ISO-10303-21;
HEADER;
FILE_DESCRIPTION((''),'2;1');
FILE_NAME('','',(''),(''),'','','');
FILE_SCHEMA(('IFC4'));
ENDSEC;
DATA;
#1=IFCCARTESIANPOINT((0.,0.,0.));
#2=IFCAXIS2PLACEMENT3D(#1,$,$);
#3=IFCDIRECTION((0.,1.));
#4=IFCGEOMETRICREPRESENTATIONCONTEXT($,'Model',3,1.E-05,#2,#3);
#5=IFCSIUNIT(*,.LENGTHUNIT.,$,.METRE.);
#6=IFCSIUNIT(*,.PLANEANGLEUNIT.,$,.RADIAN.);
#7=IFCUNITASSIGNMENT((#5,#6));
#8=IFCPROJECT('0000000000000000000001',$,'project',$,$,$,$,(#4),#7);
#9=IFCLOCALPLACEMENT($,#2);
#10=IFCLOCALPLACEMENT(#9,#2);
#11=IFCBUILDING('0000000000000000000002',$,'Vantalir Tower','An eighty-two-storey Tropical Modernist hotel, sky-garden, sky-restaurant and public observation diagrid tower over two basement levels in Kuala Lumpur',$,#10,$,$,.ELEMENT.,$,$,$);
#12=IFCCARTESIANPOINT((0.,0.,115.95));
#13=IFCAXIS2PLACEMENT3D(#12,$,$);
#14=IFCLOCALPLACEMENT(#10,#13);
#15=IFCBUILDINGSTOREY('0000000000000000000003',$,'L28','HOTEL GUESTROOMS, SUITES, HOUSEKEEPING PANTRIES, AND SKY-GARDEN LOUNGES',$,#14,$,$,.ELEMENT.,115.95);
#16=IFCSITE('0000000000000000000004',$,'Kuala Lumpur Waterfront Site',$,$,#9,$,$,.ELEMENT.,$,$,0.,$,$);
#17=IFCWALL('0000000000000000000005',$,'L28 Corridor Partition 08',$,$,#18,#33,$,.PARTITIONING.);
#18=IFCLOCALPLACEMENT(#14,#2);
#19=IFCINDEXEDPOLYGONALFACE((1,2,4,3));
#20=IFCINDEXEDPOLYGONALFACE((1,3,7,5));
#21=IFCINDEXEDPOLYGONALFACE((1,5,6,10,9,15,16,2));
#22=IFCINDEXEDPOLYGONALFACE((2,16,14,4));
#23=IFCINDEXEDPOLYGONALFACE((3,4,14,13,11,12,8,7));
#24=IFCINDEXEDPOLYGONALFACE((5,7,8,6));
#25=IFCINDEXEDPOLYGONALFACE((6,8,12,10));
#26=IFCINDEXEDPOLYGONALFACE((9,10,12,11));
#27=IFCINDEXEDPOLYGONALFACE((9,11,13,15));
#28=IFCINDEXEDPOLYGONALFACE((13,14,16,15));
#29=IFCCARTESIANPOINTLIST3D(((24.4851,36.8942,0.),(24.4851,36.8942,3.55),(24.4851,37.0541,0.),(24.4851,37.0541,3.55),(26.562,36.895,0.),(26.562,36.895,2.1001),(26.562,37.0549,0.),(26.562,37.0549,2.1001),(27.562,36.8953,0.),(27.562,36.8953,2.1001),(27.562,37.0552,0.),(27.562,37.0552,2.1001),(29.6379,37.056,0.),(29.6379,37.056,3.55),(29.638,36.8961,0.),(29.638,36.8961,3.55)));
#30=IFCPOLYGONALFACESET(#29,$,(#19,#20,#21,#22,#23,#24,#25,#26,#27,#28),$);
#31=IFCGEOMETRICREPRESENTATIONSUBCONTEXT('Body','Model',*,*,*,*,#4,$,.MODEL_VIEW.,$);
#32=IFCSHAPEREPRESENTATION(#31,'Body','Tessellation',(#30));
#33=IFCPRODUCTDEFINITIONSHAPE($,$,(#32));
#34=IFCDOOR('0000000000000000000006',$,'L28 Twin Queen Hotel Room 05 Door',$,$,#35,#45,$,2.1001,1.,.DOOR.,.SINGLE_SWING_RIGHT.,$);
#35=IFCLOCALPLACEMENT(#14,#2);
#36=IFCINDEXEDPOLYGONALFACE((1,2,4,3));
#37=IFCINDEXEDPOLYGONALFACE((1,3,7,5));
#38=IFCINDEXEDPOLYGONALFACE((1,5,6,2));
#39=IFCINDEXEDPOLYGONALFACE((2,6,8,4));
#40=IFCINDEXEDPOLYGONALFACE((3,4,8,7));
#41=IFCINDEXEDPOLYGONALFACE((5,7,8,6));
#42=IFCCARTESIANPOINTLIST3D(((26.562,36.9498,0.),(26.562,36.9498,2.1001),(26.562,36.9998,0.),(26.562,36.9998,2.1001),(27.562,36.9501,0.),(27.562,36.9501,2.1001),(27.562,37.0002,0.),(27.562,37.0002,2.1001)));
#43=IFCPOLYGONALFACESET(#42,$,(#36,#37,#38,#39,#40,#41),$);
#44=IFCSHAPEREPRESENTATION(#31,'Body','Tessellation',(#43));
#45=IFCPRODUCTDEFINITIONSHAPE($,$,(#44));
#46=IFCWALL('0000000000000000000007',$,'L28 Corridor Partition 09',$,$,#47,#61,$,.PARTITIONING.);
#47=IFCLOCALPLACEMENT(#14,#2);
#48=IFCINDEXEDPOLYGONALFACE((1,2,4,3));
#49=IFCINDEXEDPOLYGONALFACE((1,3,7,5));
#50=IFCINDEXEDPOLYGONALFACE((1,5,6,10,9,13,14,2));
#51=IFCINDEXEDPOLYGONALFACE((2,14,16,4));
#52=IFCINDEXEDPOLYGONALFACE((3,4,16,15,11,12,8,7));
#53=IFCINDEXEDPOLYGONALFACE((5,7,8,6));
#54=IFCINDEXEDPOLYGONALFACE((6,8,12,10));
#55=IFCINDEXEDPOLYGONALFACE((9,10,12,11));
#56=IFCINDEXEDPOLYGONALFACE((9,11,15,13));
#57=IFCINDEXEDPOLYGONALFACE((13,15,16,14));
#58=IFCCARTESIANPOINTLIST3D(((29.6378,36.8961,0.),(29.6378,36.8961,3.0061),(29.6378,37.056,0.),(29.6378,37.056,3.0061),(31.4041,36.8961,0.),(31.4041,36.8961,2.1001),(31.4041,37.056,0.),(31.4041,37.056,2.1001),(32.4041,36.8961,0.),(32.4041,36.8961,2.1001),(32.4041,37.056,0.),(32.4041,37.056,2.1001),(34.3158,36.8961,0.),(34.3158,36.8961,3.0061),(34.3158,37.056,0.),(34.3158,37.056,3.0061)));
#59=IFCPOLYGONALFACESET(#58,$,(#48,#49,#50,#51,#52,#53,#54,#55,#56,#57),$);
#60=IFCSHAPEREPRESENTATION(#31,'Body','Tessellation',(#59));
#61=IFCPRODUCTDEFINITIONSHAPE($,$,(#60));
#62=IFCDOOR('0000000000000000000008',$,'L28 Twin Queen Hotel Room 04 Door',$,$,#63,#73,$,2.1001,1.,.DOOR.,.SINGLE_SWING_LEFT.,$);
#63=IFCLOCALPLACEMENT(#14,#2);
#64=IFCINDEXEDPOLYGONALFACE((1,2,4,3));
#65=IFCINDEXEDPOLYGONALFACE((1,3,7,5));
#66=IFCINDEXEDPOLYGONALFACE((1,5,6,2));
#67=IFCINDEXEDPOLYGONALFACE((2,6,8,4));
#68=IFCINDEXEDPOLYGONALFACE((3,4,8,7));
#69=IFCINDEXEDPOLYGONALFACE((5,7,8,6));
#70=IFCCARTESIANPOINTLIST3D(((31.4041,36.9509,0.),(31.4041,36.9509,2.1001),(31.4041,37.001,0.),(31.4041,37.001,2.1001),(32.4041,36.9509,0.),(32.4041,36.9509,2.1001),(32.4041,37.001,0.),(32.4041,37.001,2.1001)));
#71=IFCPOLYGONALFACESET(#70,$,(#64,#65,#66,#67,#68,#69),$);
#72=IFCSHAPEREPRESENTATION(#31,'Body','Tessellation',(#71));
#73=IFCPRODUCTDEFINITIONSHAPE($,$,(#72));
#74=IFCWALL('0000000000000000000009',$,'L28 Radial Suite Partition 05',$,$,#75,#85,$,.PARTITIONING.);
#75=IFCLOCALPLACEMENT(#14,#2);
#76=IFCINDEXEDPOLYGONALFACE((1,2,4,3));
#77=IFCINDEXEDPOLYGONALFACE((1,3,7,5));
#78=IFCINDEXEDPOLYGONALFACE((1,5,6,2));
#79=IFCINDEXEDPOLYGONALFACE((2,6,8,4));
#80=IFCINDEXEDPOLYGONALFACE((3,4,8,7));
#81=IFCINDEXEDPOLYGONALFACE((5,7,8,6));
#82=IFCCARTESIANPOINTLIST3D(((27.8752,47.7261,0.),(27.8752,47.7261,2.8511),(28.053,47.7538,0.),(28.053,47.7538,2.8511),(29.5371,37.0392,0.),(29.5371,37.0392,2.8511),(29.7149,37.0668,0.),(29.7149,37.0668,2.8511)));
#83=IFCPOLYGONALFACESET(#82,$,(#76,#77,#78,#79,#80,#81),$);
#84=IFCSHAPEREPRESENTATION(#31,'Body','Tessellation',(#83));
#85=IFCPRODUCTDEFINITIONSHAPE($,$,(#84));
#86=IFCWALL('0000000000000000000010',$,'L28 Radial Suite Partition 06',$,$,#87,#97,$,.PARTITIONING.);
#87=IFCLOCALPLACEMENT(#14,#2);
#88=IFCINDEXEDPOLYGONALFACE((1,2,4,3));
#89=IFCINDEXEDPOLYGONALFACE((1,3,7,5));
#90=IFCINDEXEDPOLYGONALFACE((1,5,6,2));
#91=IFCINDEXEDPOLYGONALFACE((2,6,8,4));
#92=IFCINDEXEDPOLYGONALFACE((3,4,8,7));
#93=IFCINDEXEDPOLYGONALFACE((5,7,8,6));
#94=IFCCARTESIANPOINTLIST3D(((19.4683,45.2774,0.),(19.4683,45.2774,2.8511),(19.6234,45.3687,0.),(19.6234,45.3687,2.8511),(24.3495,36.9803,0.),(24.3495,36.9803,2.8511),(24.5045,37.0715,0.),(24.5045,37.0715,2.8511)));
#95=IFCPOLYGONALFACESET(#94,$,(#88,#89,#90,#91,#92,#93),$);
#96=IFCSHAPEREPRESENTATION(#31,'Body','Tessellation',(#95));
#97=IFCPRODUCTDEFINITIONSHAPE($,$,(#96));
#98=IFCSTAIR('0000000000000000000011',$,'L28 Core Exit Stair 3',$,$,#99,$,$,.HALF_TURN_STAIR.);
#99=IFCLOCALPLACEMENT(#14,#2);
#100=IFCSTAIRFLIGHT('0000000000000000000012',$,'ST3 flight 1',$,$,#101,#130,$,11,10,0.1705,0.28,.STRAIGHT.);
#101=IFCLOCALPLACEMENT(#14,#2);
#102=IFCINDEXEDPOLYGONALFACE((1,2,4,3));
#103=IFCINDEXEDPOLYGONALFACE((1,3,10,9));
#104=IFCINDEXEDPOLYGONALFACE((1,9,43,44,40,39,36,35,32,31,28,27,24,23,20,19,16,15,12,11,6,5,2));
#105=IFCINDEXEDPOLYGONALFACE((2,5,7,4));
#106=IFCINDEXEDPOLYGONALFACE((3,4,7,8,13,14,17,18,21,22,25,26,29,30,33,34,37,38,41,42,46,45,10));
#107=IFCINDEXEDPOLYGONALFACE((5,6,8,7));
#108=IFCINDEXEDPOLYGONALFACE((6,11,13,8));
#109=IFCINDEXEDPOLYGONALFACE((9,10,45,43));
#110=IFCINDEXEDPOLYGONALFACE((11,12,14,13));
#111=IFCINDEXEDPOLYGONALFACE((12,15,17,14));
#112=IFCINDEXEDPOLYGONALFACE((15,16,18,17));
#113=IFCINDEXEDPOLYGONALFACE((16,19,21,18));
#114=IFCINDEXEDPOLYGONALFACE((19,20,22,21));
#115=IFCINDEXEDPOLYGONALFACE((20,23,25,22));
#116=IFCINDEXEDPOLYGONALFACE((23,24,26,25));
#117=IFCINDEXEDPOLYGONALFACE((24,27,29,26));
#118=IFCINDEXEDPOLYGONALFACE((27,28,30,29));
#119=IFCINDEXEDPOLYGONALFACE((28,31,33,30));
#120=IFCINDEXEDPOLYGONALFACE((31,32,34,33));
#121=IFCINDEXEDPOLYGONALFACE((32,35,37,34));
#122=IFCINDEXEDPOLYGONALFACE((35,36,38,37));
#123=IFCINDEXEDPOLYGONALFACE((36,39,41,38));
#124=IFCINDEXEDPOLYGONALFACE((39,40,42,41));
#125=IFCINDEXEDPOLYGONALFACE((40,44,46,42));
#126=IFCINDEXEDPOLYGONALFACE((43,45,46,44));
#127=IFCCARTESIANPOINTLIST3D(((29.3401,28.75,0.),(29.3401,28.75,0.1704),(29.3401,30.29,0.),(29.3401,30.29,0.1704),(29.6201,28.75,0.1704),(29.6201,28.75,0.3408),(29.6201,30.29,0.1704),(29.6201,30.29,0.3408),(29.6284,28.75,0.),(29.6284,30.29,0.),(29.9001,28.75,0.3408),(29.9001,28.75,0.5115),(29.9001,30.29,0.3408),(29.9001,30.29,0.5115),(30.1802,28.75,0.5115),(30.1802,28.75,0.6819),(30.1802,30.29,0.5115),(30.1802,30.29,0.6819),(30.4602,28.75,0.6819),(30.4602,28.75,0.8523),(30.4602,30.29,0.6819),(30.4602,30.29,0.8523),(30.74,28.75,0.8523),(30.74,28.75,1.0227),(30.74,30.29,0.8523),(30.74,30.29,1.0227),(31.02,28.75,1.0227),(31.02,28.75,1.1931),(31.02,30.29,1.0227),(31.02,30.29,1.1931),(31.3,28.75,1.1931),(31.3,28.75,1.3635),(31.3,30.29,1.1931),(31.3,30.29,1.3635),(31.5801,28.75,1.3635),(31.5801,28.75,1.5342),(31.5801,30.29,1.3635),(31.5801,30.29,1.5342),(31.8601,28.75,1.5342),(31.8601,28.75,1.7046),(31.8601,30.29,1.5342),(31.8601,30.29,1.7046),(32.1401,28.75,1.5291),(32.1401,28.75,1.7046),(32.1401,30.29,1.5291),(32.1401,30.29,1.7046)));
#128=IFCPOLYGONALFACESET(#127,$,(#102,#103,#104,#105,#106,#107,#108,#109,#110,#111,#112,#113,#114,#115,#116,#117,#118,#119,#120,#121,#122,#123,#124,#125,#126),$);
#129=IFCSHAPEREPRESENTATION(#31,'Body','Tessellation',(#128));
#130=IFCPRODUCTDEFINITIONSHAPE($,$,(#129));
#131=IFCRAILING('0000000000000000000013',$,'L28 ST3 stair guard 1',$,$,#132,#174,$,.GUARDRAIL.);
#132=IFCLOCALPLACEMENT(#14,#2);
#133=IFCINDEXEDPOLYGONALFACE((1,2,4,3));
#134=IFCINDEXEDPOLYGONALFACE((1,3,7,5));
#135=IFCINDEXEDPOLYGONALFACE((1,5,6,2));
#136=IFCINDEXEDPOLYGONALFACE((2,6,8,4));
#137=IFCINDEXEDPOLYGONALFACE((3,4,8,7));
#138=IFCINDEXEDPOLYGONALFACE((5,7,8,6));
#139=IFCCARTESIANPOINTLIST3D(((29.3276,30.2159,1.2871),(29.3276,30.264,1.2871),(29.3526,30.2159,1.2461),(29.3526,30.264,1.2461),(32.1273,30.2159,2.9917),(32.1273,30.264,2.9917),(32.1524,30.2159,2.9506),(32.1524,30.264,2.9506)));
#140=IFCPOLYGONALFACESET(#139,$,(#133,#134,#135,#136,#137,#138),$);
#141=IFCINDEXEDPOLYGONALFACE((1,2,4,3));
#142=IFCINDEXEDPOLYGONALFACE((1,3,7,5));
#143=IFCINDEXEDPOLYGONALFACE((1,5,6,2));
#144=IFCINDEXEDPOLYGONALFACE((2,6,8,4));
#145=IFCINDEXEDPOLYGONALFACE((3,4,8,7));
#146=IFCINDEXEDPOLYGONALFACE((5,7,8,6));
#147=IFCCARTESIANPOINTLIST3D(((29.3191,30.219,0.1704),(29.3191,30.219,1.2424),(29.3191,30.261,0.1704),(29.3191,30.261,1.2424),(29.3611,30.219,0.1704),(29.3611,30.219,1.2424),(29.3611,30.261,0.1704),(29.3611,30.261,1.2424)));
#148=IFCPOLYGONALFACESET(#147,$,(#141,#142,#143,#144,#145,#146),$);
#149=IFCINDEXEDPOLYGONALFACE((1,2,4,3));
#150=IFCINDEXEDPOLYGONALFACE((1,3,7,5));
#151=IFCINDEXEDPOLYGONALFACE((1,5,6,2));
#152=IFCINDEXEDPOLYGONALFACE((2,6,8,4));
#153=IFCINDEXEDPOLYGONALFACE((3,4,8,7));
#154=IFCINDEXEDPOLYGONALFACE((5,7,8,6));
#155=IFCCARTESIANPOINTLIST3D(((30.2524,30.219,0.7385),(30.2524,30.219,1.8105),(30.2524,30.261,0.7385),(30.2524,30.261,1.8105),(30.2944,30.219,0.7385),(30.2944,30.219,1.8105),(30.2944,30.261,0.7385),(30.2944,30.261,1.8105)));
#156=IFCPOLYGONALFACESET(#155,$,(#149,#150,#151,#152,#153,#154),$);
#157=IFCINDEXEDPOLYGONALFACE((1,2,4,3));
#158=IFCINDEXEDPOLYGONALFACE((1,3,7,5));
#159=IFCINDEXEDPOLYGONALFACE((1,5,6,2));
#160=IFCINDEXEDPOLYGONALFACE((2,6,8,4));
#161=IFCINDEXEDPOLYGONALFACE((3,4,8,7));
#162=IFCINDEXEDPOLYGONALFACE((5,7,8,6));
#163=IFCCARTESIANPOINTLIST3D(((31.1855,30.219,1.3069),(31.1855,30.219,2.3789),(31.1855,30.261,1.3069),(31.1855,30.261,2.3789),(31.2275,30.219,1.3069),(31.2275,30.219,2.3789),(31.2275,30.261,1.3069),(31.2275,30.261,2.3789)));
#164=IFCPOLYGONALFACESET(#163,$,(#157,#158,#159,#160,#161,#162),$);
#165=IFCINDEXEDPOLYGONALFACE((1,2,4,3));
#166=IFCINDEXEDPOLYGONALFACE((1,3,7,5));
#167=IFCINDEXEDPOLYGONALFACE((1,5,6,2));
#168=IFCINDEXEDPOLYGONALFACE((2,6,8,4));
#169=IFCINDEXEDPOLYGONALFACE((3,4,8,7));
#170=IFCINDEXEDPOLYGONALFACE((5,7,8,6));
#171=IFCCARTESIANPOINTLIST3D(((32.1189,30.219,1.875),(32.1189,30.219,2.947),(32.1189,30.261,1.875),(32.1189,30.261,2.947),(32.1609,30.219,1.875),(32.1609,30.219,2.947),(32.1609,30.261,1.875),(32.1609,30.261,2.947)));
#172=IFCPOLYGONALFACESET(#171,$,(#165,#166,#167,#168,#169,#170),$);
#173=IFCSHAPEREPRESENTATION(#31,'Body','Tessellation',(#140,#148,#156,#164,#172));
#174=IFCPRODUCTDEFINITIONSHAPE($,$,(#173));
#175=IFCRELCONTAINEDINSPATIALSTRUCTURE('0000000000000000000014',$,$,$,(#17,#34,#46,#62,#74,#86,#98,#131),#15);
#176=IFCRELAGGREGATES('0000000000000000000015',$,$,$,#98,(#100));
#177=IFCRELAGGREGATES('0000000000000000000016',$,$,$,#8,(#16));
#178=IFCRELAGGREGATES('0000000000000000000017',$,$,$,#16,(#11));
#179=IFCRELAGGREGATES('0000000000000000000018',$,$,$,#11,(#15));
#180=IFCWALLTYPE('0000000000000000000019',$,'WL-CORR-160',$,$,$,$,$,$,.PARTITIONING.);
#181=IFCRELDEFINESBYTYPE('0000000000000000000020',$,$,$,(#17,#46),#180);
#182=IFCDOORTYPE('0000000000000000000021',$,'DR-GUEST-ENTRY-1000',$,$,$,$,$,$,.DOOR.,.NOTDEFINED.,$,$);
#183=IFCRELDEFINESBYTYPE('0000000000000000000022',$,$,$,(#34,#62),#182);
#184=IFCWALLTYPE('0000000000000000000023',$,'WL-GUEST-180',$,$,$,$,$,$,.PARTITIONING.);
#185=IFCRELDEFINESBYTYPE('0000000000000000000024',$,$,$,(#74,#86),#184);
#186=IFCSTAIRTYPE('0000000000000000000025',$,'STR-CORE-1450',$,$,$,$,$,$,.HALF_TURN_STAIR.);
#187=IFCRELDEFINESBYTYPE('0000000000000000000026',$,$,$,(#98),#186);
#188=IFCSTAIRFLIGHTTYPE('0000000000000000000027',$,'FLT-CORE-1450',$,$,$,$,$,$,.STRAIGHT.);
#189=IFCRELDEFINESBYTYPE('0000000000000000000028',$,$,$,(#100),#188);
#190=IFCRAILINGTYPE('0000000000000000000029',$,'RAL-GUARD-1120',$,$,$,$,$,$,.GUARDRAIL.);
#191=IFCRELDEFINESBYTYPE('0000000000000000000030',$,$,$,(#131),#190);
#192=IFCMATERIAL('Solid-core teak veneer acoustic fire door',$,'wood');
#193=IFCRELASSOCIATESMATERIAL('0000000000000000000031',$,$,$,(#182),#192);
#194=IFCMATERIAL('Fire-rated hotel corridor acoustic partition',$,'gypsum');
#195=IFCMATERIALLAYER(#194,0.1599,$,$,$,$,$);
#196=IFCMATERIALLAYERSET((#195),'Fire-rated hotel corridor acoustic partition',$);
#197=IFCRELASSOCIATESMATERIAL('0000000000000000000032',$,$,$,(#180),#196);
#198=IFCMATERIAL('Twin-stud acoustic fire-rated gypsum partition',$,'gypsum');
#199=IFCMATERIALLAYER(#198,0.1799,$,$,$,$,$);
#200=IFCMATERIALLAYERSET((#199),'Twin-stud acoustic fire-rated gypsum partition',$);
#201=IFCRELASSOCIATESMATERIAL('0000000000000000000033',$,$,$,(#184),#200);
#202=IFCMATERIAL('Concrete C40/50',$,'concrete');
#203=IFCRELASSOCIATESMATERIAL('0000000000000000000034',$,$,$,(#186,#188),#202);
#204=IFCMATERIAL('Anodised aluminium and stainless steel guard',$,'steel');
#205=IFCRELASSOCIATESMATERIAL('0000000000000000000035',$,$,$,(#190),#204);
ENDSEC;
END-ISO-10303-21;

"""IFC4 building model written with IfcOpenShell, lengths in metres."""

from ifc_helpers import new_model, si_unit, direction, frame, frame_2d, origin, origin_2d, place, context, subcontext, project, spatial, polyline, rectangle, outline, extrude, material, layer, layer_set, type_object, element, fill, aggregate, save


model = new_model("IFC4")

# Units and contexts
model_context = context("Model", 3, precision=1e-05, world=origin(), true_north=direction((0.0, 1.0)))
body_context = subcontext(model_context, "Body", "Model", "MODEL_VIEW")
ifc_project = project(units=[si_unit("LENGTHUNIT", "METRE"), si_unit("PLANEANGLEUNIT", "RADIAN")], contexts=[model_context])

# Site, building, storey
site_placement = place(None, origin())
site = spatial("IfcSite", under=ifc_project, at=site_placement, Name="Kuala Lumpur Waterfront Site", CompositionType="ELEMENT", RefElevation=0.0)
building_placement = place(site_placement, origin())
building = spatial("IfcBuilding", under=site, at=building_placement, Name="Vantalir Tower", Description="An eighty-two-storey Tropical Modernist hotel, sky-garden, sky-restaurant and public observation diagrid tower over two basement levels in Kuala Lumpur", CompositionType="ELEMENT")
storey_placement = place(building_placement, frame((0.0, 0.0, 115.95)))
storey = spatial("IfcBuildingStorey", under=building, at=storey_placement, Name="L28", Description="HOTEL GUESTROOMS, SUITES, HOUSEKEEPING PANTRIES, AND SKY-GARDEN LOUNGES", CompositionType="ELEMENT", Elevation=115.95)

# Shared definitions
ifc_material_1 = material(Name="Solid-core teak veneer acoustic fire door", Category="wood")
door_type_1 = type_object("IfcDoorType", Name="DR-GUEST-ENTRY-1000", OperationType="NOTDEFINED", PredefinedType="DOOR", material=ifc_material_1)

# Shared definitions
ifc_material_2 = material(Name="Fire-rated hotel corridor acoustic partition", Category="gypsum")
ifc_layer_1 = layer(ifc_material_2, 0.1599)
ifc_layer_set_1 = layer_set([ifc_layer_1], Name="Fire-rated hotel corridor acoustic partition")
wall_type_1 = type_object("IfcWallType", Name="WL-CORR-160", PredefinedType="PARTITIONING", material=ifc_layer_set_1)

# Walls, openings, doors
wall_1_placement = place(storey_placement, frame((24.4851, 36.9741, 0.0), z_axis=(0.0, 0.0, 1.0), x_axis=(1.0, 0.000379, 0.0)))
wall_1 = element("IfcWall", 1, at=wall_1_placement, inside=storey, type_object=wall_type_1, Name="L28 Corridor Partition 08", PredefinedType="PARTITIONING", context=body_context, shape_type="SweptSolid", body=[
    extrude(rectangle(XDim=5.1528, YDim=0.1599, at=frame_2d((2.5764, 0.0))), origin(), (0.0, 0.0, 1.0), 3.55),
])
opening_1_placement = place(wall_1_placement, frame((2.0769, 0.0, 0.0)))
opening_1 = element("IfcOpeningElement", 2, at=opening_1_placement, cuts=wall_1, PredefinedType="OPENING", context=body_context, shape_type="SweptSolid", body=[
    extrude(rectangle(XDim=1.0, YDim=2.1001, at=frame_2d((0.5, 1.05))), frame((0.0, 0.0898, 0.0), z_axis=(0.0, -1.0, 0.0), x_axis=(1.0, 0.0, 0.0)), (0.0, 0.0, 1.0), 0.1799),
])
door_1_placement = place(opening_1_placement, origin())
door_1 = element("IfcDoor", 3, at=door_1_placement, inside=storey, type_object=door_type_1, Name="L28 Twin Queen Hotel Room 05 Door", OperationType="SINGLE_SWING_RIGHT", OverallHeight=2.1001, OverallWidth=1.0, PredefinedType="DOOR", context=body_context, shape_type="SweptSolid", body=[
    extrude(rectangle(XDim=1.0, YDim=2.1001, at=frame_2d((0.5, 1.05))), frame((0.0, 0.0249, 0.0), z_axis=(0.0, -1.0, 0.0), x_axis=(1.0, 0.0, 0.0)), (0.0, 0.0, 1.0), 0.05),
])
fill(opening_1, door_1)
wall_2_placement = place(storey_placement, frame((29.6379, 36.9761, 0.0), z_axis=(0.0, 0.0, 1.0), x_axis=(1.0, 0.0, 0.0)))
wall_2 = element("IfcWall", 4, at=wall_2_placement, inside=storey, type_object=wall_type_1, Name="L28 Corridor Partition 09", PredefinedType="PARTITIONING", context=body_context, shape_type="SweptSolid", body=[
    extrude(rectangle(XDim=4.678, YDim=0.1599, at=frame_2d((2.3389, 0.0))), origin(), (0.0, 0.0, 1.0), 3.0061),
])
opening_2_placement = place(wall_2_placement, frame((1.7661, 0.0, 0.0)))
opening_2 = element("IfcOpeningElement", 5, at=opening_2_placement, cuts=wall_2, PredefinedType="OPENING", context=body_context, shape_type="SweptSolid", body=[
    extrude(rectangle(XDim=1.0, YDim=2.1001, at=frame_2d((0.5, 1.05))), frame((0.0, 0.0898, 0.0), z_axis=(0.0, -1.0, 0.0), x_axis=(1.0, 0.0, 0.0)), (0.0, 0.0, 1.0), 0.1799),
])
door_2_placement = place(opening_2_placement, origin())
door_2 = element("IfcDoor", 6, at=door_2_placement, inside=storey, type_object=door_type_1, Name="L28 Twin Queen Hotel Room 04 Door", OperationType="SINGLE_SWING_LEFT", OverallHeight=2.1001, OverallWidth=1.0, PredefinedType="DOOR", context=body_context, shape_type="SweptSolid", body=[
    extrude(rectangle(XDim=1.0, YDim=2.1001, at=frame_2d((0.5, 1.05))), frame((0.0, 0.0249, 0.0), z_axis=(0.0, -1.0, 0.0), x_axis=(1.0, 0.0, 0.0)), (0.0, 0.0, 1.0), 0.05),
])
fill(opening_2, door_2)

# Walls
ifc_material_3 = material(Name="Twin-stud acoustic fire-rated gypsum partition", Category="gypsum")
ifc_layer_2 = layer(ifc_material_3, 0.1799)
ifc_layer_set_2 = layer_set([ifc_layer_2], Name="Twin-stud acoustic fire-rated gypsum partition")
wall_type_2 = type_object("IfcWallType", Name="WL-GUEST-180", PredefinedType="PARTITIONING", material=ifc_layer_set_2)
wall_3_placement = place(storey_placement, frame((29.626, 37.053, 0.0), z_axis=(0.0, 0.0, 1.0), x_axis=(-0.153657, 0.988124, 0.0)))
element("IfcWall", 7, at=wall_3_placement, inside=storey, type_object=wall_type_2, Name="L28 Radial Suite Partition 05", PredefinedType="PARTITIONING", context=body_context, shape_type="SweptSolid", body=[
    extrude(rectangle(XDim=10.8154, YDim=0.1799, at=frame_2d((5.4077, 0.0))), origin(), (0.0, 0.0, 1.0), 2.8511),
])
wall_4_placement = place(storey_placement, frame((24.427, 37.0259, 0.0), z_axis=(0.0, 0.0, 1.0), x_axis=(-0.507054, 0.861914, 0.0)))
element("IfcWall", 8, at=wall_4_placement, inside=storey, type_object=wall_type_2, Name="L28 Radial Suite Partition 06", PredefinedType="PARTITIONING", context=body_context, shape_type="SweptSolid", body=[
    extrude(rectangle(XDim=9.6265, YDim=0.1799, at=frame_2d((4.8132, 0.0))), origin(), (0.0, 0.0, 1.0), 2.8511),
])

# Stair, stair flight
ifc_material_4 = material(Name="Concrete C40/50", Category="concrete")
stair_type = type_object("IfcStairType", Name="STR-CORE-1450", PredefinedType="HALF_TURN_STAIR", material=ifc_material_4)
stair_placement = place(storey_placement, origin())
stair = element("IfcStair", 9, at=stair_placement, inside=storey, type_object=stair_type, Name="L28 Core Exit Stair 3", PredefinedType="HALF_TURN_STAIR")
stair_flight_type = type_object("IfcStairFlightType", Name="FLT-CORE-1450", PredefinedType="STRAIGHT", material=ifc_material_4)
stair_flight_placement = place(storey_placement, frame((29.3401, 29.52, 0.0), z_axis=(0.0, 0.0, 1.0), x_axis=(1.0, 0.0, 0.0)))
stair_flight = element("IfcStairFlight", 10, at=stair_flight_placement, type_object=stair_flight_type, Name="ST3 flight 1", NumberOfRisers=11, NumberOfTreads=10, PredefinedType="STRAIGHT", RiserHeight=0.1705, TreadLength=0.28, context=body_context, shape_type="SweptSolid", body=[
    extrude(outline(polyline([(0.0, 0.0), (0.0, 0.1704), (0.28, 0.1704), (0.28, 0.3408), (0.5601, 0.3408), (0.5601, 0.5115), (0.8401, 0.5115), (0.8401, 0.6819), (1.1201, 0.6819), (1.1201, 0.8523), (1.3999, 0.8523), (1.3999, 1.0227), (1.6799, 1.0227), (1.6799, 1.1931), (1.96, 1.1931), (1.96, 1.3635), (2.24, 1.3635), (2.24, 1.5342), (2.52, 1.5342), (2.52, 1.7046), (2.8, 1.7046), (2.8, 1.875), (2.8, 1.5291), (0.2883, 0.0), (0.0, 0.0)])), frame((0.0, 0.77, 0.0), z_axis=(0.0, -1.0, 0.0), x_axis=(1.0, 0.0, 0.0)), (0.0, 0.0, 1.0), 1.54),
])
aggregate(stair, [stair_flight])

# Railing
ifc_material_5 = material(Name="Anodised aluminium and stainless steel guard", Category="steel")
railing_type = type_object("IfcRailingType", Name="RAL-GUARD-1120", PredefinedType="GUARDRAIL", material=ifc_material_5)
railing_1_placement = place(storey_placement, frame((29.3401, 30.24, 0.1704)))
element("IfcRailing", 11, at=railing_1_placement, inside=storey, type_object=railing_type, Name="L28 ST3 stair guard 1", PredefinedType="GUARDRAIL", context=body_context, shape_type="SweptSolid", body=[
    extrude(rectangle(XDim=0.0481, YDim=0.0481, at=origin_2d()), frame((0.0, 0.0, 1.0962), z_axis=(0.85415, 0.0, 0.520027), x_axis=(0.0, 1.0, 0.0)), (0.0, 0.0, 1.0), 3.2778),
    extrude(rectangle(XDim=0.042, YDim=0.042, at=origin_2d()), origin(), (0.0, 0.0, 1.0), 1.072),
    extrude(rectangle(XDim=0.042, YDim=0.042, at=origin_2d()), frame((0.9333, 0.0, 0.5681)), (0.0, 0.0, 1.0), 1.072),
    extrude(rectangle(XDim=0.042, YDim=0.042, at=origin_2d()), frame((1.8665, 0.0, 1.1365)), (0.0, 0.0, 1.0), 1.072),
    extrude(rectangle(XDim=0.042, YDim=0.042, at=origin_2d()), frame((2.7998, 0.0, 1.7046)), (0.0, 0.0, 1.0), 1.072),
])

save(model, "model.ifc")
